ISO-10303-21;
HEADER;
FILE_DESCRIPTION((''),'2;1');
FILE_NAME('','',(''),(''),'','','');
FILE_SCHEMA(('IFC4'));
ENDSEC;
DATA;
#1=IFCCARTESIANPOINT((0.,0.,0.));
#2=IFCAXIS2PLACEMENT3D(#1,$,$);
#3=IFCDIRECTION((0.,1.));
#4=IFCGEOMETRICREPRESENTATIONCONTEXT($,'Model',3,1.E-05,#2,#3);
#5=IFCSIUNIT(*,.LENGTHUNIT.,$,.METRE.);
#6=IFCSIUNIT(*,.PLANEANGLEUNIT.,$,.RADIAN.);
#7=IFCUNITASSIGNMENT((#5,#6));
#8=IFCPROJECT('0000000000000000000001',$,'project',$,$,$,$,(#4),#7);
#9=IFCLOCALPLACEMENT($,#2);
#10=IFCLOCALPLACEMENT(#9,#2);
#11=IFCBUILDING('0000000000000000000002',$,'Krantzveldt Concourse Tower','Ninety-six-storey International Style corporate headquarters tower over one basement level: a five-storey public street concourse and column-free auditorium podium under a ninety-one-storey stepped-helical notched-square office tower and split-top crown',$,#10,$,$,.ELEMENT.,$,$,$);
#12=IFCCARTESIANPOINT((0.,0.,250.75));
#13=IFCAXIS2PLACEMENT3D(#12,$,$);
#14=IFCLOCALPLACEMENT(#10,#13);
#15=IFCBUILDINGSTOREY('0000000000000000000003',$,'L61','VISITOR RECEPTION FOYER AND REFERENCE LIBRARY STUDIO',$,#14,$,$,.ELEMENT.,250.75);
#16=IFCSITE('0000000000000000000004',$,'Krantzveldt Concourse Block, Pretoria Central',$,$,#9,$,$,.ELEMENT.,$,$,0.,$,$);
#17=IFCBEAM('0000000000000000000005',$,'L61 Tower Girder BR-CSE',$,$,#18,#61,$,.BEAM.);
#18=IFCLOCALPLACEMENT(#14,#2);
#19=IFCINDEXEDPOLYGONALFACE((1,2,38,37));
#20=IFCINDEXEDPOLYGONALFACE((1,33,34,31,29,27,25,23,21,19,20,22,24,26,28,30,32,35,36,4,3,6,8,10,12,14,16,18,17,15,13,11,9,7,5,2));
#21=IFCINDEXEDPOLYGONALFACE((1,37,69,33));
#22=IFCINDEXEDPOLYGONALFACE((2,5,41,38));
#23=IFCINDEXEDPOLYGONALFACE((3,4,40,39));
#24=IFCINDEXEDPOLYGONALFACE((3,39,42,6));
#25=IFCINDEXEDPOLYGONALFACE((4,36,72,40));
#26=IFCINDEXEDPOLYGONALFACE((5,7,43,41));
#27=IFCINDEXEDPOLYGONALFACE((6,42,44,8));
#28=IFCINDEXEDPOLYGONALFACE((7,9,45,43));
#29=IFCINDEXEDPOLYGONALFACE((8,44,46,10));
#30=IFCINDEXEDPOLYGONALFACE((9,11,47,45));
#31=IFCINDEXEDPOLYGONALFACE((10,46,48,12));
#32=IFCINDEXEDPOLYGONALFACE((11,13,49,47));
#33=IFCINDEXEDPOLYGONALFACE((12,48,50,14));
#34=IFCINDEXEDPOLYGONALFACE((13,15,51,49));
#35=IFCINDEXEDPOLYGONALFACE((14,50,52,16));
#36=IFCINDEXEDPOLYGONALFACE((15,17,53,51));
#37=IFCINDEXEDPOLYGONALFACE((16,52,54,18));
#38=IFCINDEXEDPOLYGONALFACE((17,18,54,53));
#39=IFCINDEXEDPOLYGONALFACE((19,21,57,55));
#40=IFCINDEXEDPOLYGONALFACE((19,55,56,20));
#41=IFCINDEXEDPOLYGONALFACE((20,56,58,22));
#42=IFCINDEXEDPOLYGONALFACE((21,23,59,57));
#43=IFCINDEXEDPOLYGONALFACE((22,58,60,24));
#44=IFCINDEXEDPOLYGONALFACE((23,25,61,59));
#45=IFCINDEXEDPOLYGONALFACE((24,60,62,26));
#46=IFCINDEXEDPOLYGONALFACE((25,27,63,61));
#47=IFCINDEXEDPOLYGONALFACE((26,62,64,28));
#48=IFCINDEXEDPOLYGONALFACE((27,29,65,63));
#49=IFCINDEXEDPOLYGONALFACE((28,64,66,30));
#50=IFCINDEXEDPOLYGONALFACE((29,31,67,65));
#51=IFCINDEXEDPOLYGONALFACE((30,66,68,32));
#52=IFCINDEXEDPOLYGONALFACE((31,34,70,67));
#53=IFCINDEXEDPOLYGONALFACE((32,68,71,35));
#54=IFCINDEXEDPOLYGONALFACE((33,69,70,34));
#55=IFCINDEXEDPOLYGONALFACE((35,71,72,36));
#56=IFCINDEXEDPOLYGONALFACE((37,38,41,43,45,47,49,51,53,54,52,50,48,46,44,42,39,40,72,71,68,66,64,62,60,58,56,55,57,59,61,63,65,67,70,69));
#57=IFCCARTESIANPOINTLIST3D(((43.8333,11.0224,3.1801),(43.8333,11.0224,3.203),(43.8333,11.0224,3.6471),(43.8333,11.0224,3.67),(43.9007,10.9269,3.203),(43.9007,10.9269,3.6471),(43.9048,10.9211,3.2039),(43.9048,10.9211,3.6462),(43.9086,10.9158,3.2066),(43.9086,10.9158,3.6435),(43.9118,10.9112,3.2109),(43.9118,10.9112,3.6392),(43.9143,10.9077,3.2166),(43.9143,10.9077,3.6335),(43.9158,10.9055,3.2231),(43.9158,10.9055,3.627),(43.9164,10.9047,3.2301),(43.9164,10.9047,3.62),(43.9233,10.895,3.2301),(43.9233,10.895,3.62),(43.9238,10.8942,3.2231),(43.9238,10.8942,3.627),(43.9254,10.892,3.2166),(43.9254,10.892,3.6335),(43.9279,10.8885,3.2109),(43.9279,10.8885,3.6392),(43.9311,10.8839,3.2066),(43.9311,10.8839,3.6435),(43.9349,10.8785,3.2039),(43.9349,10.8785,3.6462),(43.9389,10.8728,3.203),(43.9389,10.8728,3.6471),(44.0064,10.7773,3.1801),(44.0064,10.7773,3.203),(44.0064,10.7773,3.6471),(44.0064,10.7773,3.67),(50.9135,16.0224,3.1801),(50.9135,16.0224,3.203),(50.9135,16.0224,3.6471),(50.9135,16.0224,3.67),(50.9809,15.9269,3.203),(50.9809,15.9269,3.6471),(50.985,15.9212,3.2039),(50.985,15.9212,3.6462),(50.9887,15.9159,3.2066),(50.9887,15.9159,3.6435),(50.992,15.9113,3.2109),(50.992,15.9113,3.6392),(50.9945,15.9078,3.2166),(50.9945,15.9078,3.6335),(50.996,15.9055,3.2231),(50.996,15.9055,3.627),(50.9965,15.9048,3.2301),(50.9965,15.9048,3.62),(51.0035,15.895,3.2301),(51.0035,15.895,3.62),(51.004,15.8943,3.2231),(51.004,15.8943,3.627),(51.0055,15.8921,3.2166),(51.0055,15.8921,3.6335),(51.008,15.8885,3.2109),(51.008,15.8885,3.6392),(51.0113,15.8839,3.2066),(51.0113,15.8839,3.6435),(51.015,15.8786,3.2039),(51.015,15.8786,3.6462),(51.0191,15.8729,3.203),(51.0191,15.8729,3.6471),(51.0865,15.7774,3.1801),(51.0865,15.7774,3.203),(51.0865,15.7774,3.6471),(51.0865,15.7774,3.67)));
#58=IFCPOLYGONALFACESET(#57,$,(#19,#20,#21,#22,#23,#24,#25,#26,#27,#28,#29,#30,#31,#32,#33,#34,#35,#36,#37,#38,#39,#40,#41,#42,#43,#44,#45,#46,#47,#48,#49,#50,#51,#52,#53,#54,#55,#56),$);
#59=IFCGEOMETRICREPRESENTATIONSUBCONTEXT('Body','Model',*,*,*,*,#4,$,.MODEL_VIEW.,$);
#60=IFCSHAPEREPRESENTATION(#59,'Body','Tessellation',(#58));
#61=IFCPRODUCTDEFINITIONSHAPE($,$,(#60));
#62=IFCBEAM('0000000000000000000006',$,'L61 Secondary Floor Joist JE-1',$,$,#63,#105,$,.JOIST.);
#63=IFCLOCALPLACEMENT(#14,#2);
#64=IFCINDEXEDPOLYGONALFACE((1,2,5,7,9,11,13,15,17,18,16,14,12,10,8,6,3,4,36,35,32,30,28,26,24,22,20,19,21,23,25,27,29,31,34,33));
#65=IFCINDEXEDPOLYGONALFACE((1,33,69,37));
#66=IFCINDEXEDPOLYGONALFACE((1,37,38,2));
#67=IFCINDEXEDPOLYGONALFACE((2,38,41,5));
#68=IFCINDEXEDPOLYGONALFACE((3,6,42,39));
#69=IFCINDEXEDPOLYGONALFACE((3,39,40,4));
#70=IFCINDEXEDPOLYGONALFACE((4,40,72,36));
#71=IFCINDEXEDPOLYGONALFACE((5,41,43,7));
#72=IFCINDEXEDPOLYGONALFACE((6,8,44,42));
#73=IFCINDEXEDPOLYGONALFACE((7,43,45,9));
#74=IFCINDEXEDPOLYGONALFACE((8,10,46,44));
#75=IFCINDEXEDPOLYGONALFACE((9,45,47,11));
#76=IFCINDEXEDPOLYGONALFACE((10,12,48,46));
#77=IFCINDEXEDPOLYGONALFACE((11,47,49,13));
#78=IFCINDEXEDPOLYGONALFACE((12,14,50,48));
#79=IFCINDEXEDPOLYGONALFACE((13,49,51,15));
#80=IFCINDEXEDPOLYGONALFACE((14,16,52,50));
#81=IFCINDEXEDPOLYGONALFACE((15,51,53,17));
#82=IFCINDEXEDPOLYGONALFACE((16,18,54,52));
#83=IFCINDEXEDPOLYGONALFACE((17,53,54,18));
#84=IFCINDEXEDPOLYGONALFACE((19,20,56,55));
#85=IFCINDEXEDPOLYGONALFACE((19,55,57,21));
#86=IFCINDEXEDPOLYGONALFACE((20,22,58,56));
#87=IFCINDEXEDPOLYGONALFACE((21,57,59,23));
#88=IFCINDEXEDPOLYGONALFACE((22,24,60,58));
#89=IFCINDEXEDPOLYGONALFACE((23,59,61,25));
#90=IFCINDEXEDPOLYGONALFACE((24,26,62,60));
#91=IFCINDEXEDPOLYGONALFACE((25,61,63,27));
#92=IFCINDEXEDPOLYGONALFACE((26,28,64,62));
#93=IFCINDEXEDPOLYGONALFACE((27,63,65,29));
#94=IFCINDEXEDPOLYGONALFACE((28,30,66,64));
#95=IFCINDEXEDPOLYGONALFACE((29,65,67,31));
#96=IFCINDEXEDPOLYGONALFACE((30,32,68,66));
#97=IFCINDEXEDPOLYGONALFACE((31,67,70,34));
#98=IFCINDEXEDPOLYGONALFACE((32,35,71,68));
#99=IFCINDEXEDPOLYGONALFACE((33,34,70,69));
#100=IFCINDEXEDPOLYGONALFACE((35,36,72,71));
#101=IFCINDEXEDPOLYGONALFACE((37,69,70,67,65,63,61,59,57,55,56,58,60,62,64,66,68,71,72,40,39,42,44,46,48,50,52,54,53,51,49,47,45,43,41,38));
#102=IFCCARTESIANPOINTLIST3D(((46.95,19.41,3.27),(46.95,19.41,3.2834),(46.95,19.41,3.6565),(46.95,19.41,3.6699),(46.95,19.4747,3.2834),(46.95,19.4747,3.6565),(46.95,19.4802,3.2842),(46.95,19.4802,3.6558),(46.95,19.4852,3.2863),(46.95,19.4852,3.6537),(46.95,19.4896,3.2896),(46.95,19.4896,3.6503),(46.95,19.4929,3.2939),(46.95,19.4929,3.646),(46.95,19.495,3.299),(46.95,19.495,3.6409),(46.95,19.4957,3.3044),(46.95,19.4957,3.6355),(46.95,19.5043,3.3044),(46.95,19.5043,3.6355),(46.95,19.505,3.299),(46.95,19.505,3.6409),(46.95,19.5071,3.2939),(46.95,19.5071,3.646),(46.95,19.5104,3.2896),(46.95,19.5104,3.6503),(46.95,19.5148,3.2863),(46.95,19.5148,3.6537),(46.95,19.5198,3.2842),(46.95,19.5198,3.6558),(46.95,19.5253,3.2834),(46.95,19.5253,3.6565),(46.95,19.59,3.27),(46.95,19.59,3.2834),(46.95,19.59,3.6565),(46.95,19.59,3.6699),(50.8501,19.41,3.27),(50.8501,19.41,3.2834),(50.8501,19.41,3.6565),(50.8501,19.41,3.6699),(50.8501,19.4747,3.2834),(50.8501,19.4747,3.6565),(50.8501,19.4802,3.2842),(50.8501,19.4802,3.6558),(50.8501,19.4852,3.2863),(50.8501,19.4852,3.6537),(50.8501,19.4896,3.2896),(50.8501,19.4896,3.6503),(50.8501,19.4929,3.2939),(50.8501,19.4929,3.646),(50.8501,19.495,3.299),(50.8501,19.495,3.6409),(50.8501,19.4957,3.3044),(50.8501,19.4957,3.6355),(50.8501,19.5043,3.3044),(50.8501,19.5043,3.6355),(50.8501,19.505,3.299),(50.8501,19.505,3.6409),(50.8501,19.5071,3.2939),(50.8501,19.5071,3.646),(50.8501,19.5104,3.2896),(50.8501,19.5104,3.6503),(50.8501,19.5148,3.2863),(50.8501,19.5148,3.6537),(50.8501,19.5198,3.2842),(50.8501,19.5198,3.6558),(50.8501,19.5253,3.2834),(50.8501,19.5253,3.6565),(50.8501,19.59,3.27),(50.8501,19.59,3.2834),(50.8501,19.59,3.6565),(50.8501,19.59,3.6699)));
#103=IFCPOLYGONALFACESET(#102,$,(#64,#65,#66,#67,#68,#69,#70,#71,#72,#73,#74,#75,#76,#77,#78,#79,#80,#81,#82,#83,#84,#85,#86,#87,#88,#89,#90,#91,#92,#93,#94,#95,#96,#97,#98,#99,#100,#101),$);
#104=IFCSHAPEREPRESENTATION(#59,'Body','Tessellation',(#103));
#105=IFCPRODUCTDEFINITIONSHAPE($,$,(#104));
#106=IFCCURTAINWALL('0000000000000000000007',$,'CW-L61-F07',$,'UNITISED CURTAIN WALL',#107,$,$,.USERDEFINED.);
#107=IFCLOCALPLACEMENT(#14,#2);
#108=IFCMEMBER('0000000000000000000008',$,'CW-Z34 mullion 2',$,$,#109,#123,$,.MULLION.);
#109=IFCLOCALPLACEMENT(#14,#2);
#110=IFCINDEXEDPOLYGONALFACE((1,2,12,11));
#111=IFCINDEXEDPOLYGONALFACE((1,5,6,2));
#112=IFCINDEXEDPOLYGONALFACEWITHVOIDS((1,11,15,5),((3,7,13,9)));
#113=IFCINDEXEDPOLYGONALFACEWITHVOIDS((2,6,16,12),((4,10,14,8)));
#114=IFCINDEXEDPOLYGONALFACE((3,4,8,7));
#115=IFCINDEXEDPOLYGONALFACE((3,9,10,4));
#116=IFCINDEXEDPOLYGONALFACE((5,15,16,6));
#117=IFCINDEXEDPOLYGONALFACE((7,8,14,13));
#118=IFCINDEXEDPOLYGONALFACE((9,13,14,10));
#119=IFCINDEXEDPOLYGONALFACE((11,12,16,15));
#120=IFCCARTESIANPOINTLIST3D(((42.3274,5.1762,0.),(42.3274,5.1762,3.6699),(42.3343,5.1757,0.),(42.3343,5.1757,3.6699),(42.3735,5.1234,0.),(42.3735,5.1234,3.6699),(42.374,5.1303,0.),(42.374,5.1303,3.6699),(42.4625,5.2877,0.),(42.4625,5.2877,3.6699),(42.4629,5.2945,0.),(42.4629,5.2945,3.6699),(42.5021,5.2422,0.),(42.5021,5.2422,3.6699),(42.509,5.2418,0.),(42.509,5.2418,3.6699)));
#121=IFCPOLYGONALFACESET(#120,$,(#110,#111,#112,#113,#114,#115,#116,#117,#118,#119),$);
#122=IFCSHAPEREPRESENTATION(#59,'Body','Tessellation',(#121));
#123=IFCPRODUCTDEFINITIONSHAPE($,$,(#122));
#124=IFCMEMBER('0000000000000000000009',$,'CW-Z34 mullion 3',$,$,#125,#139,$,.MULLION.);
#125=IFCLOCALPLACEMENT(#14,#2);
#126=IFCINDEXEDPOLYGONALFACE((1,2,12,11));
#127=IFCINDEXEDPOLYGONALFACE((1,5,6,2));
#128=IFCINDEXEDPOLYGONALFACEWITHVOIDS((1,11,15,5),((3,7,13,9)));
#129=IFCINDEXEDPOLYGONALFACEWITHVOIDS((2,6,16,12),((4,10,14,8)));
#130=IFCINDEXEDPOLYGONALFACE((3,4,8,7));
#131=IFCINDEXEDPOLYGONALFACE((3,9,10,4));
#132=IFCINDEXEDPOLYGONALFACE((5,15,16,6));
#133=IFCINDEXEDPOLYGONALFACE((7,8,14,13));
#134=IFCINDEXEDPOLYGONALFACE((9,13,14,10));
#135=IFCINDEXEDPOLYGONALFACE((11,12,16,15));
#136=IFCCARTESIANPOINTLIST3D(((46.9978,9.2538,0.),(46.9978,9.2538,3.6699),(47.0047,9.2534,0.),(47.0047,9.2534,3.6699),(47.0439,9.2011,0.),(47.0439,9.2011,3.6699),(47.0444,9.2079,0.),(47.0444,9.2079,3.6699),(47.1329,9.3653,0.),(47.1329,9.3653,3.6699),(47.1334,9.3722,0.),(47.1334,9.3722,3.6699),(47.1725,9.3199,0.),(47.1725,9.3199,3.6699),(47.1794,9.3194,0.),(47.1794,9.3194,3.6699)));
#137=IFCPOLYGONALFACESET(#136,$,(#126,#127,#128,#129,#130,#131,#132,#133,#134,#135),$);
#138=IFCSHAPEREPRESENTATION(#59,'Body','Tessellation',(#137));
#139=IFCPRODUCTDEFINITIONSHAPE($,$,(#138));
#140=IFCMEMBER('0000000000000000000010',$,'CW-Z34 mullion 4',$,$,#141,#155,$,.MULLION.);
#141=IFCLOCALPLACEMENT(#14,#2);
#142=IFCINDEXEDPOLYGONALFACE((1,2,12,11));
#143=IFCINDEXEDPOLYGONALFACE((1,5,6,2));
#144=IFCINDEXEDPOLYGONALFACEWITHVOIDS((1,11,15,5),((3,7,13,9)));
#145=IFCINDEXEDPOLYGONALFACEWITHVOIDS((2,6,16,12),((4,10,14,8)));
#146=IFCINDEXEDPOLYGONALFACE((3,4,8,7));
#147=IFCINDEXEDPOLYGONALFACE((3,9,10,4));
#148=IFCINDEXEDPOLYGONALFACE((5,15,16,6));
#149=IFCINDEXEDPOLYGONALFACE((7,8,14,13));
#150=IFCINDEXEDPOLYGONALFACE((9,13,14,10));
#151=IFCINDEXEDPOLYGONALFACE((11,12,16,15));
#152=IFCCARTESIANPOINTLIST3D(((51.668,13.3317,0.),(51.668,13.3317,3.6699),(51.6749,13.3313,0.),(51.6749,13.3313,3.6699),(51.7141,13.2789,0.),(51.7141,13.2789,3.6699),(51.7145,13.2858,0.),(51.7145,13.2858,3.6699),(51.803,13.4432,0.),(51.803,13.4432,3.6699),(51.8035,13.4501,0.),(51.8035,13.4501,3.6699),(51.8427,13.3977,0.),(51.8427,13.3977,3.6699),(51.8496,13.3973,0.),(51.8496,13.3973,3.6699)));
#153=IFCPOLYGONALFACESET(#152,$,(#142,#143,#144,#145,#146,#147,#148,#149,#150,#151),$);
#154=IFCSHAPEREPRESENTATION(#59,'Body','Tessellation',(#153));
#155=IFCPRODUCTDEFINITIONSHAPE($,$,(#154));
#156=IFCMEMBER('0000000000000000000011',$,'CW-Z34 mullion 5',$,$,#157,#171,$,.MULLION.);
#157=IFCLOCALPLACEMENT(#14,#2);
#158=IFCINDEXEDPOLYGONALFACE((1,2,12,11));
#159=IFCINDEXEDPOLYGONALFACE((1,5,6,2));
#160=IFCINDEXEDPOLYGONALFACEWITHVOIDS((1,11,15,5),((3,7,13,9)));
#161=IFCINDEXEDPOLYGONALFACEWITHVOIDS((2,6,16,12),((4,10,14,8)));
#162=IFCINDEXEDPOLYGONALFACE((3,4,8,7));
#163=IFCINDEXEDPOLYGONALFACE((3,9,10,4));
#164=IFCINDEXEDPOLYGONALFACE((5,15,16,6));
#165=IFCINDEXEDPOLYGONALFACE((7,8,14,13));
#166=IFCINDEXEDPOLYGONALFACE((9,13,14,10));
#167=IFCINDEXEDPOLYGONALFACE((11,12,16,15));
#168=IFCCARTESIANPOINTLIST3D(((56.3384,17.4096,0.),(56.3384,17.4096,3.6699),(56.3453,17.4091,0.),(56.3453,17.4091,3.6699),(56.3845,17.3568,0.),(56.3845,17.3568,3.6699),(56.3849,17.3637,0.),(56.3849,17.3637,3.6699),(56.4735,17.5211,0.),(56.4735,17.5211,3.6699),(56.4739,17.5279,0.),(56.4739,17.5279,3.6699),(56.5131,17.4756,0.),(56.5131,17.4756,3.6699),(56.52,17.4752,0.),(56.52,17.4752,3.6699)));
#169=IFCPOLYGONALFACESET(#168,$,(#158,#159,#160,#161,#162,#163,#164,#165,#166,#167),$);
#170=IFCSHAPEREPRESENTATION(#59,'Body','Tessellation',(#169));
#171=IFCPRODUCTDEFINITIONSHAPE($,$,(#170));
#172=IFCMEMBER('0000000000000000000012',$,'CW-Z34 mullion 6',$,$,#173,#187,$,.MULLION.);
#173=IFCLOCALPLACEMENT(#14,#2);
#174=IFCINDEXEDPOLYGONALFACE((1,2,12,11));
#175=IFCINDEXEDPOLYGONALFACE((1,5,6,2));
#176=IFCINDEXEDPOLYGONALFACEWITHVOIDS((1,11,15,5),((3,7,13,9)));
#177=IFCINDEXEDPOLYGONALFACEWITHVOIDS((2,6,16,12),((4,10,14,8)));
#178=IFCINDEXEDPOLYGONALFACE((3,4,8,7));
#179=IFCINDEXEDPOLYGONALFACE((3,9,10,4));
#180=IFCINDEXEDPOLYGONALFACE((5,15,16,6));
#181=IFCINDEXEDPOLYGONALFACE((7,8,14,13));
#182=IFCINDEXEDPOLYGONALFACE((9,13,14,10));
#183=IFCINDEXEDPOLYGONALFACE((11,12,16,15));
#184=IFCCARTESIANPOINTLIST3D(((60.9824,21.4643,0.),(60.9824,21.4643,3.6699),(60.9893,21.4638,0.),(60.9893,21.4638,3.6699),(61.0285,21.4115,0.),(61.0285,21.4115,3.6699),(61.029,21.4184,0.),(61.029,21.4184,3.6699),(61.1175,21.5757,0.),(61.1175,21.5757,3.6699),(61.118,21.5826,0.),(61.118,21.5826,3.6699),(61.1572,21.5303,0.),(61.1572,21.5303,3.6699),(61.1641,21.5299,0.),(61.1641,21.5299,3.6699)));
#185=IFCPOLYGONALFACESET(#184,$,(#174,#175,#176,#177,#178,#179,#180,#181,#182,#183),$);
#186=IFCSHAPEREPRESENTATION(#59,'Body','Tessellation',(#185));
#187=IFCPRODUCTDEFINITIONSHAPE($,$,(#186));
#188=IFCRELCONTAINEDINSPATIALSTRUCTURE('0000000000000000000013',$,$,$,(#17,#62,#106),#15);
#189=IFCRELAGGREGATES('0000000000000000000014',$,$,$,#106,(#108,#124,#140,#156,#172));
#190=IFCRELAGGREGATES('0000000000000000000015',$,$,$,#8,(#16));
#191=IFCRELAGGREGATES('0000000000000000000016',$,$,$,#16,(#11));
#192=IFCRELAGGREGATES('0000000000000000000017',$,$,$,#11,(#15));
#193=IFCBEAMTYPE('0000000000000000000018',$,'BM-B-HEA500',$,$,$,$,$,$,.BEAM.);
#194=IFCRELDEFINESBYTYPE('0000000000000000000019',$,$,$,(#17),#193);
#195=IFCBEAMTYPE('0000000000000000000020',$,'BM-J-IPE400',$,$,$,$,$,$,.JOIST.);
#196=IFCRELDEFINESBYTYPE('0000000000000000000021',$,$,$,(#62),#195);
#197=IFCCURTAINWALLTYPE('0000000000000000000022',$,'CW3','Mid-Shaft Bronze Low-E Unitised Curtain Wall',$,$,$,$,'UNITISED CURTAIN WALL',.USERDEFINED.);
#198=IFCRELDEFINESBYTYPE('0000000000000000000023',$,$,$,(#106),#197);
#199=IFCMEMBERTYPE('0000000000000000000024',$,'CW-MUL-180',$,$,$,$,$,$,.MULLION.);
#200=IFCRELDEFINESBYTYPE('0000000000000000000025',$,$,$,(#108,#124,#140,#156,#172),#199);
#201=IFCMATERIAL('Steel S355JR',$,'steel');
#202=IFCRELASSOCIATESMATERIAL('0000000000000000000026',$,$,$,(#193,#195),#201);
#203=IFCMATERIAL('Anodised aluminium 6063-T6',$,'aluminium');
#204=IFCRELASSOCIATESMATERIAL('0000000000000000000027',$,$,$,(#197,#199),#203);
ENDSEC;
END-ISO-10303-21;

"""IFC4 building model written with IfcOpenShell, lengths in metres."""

from ifc_helpers import new_model, si_unit, direction, frame, origin, origin_2d, place, context, subcontext, project, spatial, hollow_rectangle, i_section, extrude, source, transform, mapped, material, material_profile, profile_set, type_object, type_shapes, element, aggregate, save


model = new_model("IFC4")

# Units and contexts
model_context = context("Model", 3, precision=1e-05, world=origin(), true_north=direction((0.0, 1.0)))
body_context = subcontext(model_context, "Body", "Model", "MODEL_VIEW")
ifc_project = project(units=[si_unit("LENGTHUNIT", "METRE"), si_unit("PLANEANGLEUNIT", "RADIAN")], contexts=[model_context])

# Site, building, storey
site_placement = place(None, origin())
site = spatial("IfcSite", under=ifc_project, at=site_placement, Name="Krantzveldt Concourse Block, Pretoria Central", CompositionType="ELEMENT", RefElevation=0.0)
building_placement = place(site_placement, origin())
building = spatial("IfcBuilding", under=site, at=building_placement, Name="Krantzveldt Concourse Tower", Description="Ninety-six-storey International Style corporate headquarters tower over one basement level: a five-storey public street concourse and column-free auditorium podium under a ninety-one-storey stepped-helical notched-square office tower and split-top crown", CompositionType="ELEMENT")
storey_placement = place(building_placement, frame((0.0, 0.0, 250.75)))
storey = spatial("IfcBuildingStorey", under=building, at=storey_placement, Name="L61", Description="VISITOR RECEPTION FOYER AND REFERENCE LIBRARY STUDIO", CompositionType="ELEMENT", Elevation=250.75)

# Beams
ifc_material_1 = material(Name="Steel S355JR", Category="steel")
ifc_material_profile_1 = material_profile(ifc_material_1, i_section(OverallWidth=0.3, OverallDepth=0.49, WebThickness=0.012, FlangeThickness=0.0229, FilletRadius=0.0271, at=origin_2d()), Name="Steel S355JR", Category="steel")
ifc_profile_set_1 = profile_set([ifc_material_profile_1], Name="Steel S355JR - HEA 500")
beam_type_1 = type_object("IfcBeamType", Name="BM-B-HEA500", PredefinedType="BEAM", material=ifc_profile_set_1)
shared_shape_1 = source(origin(), body_context, "Body", "SweptSolid", [
    extrude(i_section(OverallWidth=0.3, OverallDepth=0.49, WebThickness=0.012, FlangeThickness=0.0229, FilletRadius=0.0271, at=origin_2d()), origin(), (0.0, 0.0, 1.0), 8.6677),
])
beam_1_placement = place(storey_placement, frame((51.0, 15.8999, 3.425), z_axis=(-0.816843, -0.57686, 0.0), x_axis=(0.57686, -0.816843, 0.0)))
element("IfcBeam", 1, at=beam_1_placement, inside=storey, type_object=beam_type_1, Name="L61 Tower Girder BR-CSE", PredefinedType="BEAM", context=body_context, shape_type="MappedRepresentation", body=[
    mapped(shared_shape_1, transform((0.0, 0.0, 0.0), x_axis=(1.0, 0.0, 0.0), y_axis=(0.0, 1.0, 0.0), z_axis=(0.0, 0.0, 1.0), scale=1.0)),
])
ifc_material_profile_2 = material_profile(ifc_material_1, i_section(OverallWidth=0.1799, OverallDepth=0.3999, WebThickness=0.0085, FlangeThickness=0.0134, FilletRadius=0.021, at=origin_2d()), Name="Steel S355JR", Category="steel")
ifc_profile_set_2 = profile_set([ifc_material_profile_2], Name="Steel S355JR - IPE 400")
beam_type_2 = type_object("IfcBeamType", Name="BM-J-IPE400", PredefinedType="JOIST", material=ifc_profile_set_2)
shared_shape_2 = source(origin(), body_context, "Body", "SweptSolid", [
    extrude(i_section(OverallWidth=0.1799, OverallDepth=0.3999, WebThickness=0.0085, FlangeThickness=0.0134, FilletRadius=0.021, at=origin_2d()), origin(), (0.0, 0.0, 1.0), 3.9001),
])
type_shapes(beam_type_2, [shared_shape_2])
beam_2_placement = place(storey_placement, frame((46.95, 19.5, 3.47), z_axis=(1.0, 0.0, 0.0), x_axis=(0.0, 1.0, 0.0)))
element("IfcBeam", 2, at=beam_2_placement, inside=storey, type_object=beam_type_2, Name="L61 Secondary Floor Joist JE-1", PredefinedType="JOIST", context=body_context, shape_type="MappedRepresentation", body=[
    mapped(shared_shape_2, transform((0.0, 0.0, 0.0), x_axis=(1.0, 0.0, 0.0), y_axis=(0.0, 1.0, 0.0), z_axis=(0.0, 0.0, 1.0), scale=1.0)),
])

# Curtain wall, members
ifc_material_2 = material(Name="Anodised aluminium 6063-T6", Category="aluminium")
curtain_wall_type = type_object("IfcCurtainWallType", Name="CW3", Description="Mid-Shaft Bronze Low-E Unitised Curtain Wall", ElementType="UNITISED CURTAIN WALL", PredefinedType="USERDEFINED", material=ifc_material_2)
curtain_wall_placement = place(storey_placement, origin())
curtain_wall = element("IfcCurtainWall", 3, at=curtain_wall_placement, inside=storey, type_object=curtain_wall_type, Name="CW-L61-F07", ObjectType="UNITISED CURTAIN WALL", PredefinedType="USERDEFINED")
ifc_material_profile_3 = material_profile(ifc_material_2, hollow_rectangle(XDim=0.0701, YDim=0.1799, WallThickness=0.0049, at=origin_2d()), Name="Anodised aluminium 6063-T6", Category="aluminium")
ifc_profile_set_3 = profile_set([ifc_material_profile_3], Name="Anodised aluminium 6063-T6 - ALU-MULL 180x70x5")
member_type_1 = type_object("IfcMemberType", Name="CW-MUL-180", PredefinedType="MULLION", material=ifc_profile_set_3)
shared_shape_3 = source(origin(), body_context, "Body", "SweptSolid", [
    extrude(hollow_rectangle(XDim=0.0701, YDim=0.1799, WallThickness=0.0049, at=origin_2d()), origin(), (0.0, 0.0, 1.0), 3.6699),
])
type_shapes(member_type_1, [shared_shape_3])
member_1_placement = place(storey_placement, frame((42.4182, 5.209, 0.0), z_axis=(0.0, 0.0, 1.0), x_axis=(-0.657704, 0.753277, 0.0)))
member_1 = element("IfcMember", 4, at=member_1_placement, type_object=member_type_1, Name="CW-Z34 mullion 2", PredefinedType="MULLION", context=body_context, shape_type="MappedRepresentation", body=[
    mapped(shared_shape_3, transform((0.0, 0.0, 0.0), x_axis=(1.0, 0.0, 0.0), y_axis=(0.0, 1.0, 0.0), z_axis=(0.0, 0.0, 1.0), scale=1.0)),
])
member_2_placement = place(storey_placement, frame((47.0886, 9.2866, 0.0), z_axis=(0.0, 0.0, 1.0), x_axis=(-0.657704, 0.753277, 0.0)))
member_2 = element("IfcMember", 5, at=member_2_placement, type_object=member_type_1, Name="CW-Z34 mullion 3", PredefinedType="MULLION", context=body_context, shape_type="MappedRepresentation", body=[
    mapped(shared_shape_3, transform((0.0, 0.0, 0.0), x_axis=(1.0, 0.0, 0.0), y_axis=(0.0, 1.0, 0.0), z_axis=(0.0, 0.0, 1.0), scale=1.0)),
])
member_3_placement = place(storey_placement, frame((51.7588, 13.3645, 0.0), z_axis=(0.0, 0.0, 1.0), x_axis=(-0.657704, 0.753277, 0.0)))
member_3 = element("IfcMember", 6, at=member_3_placement, type_object=member_type_1, Name="CW-Z34 mullion 4", PredefinedType="MULLION", context=body_context, shape_type="MappedRepresentation", body=[
    mapped(shared_shape_3, transform((0.0, 0.0, 0.0), x_axis=(1.0, 0.0, 0.0), y_axis=(0.0, 1.0, 0.0), z_axis=(0.0, 0.0, 1.0), scale=1.0)),
])
member_4_placement = place(storey_placement, frame((56.4292, 17.4424, 0.0), z_axis=(0.0, 0.0, 1.0), x_axis=(-0.657704, 0.753277, 0.0)))
member_4 = element("IfcMember", 7, at=member_4_placement, type_object=member_type_1, Name="CW-Z34 mullion 5", PredefinedType="MULLION", context=body_context, shape_type="MappedRepresentation", body=[
    mapped(shared_shape_3, transform((0.0, 0.0, 0.0), x_axis=(1.0, 0.0, 0.0), y_axis=(0.0, 1.0, 0.0), z_axis=(0.0, 0.0, 1.0), scale=1.0)),
])
member_5_placement = place(storey_placement, frame((61.0732, 21.4971, 0.0), z_axis=(0.0, 0.0, 1.0), x_axis=(-0.657704, 0.753277, 0.0)))
member_5 = element("IfcMember", 8, at=member_5_placement, type_object=member_type_1, Name="CW-Z34 mullion 6", PredefinedType="MULLION", context=body_context, shape_type="MappedRepresentation", body=[
    mapped(shared_shape_3, transform((0.0, 0.0, 0.0), x_axis=(1.0, 0.0, 0.0), y_axis=(0.0, 1.0, 0.0), z_axis=(0.0, 0.0, 1.0), scale=1.0)),
])
aggregate(curtain_wall, [member_1, member_2, member_3, member_4, member_5])

save(model, "model.ifc")
